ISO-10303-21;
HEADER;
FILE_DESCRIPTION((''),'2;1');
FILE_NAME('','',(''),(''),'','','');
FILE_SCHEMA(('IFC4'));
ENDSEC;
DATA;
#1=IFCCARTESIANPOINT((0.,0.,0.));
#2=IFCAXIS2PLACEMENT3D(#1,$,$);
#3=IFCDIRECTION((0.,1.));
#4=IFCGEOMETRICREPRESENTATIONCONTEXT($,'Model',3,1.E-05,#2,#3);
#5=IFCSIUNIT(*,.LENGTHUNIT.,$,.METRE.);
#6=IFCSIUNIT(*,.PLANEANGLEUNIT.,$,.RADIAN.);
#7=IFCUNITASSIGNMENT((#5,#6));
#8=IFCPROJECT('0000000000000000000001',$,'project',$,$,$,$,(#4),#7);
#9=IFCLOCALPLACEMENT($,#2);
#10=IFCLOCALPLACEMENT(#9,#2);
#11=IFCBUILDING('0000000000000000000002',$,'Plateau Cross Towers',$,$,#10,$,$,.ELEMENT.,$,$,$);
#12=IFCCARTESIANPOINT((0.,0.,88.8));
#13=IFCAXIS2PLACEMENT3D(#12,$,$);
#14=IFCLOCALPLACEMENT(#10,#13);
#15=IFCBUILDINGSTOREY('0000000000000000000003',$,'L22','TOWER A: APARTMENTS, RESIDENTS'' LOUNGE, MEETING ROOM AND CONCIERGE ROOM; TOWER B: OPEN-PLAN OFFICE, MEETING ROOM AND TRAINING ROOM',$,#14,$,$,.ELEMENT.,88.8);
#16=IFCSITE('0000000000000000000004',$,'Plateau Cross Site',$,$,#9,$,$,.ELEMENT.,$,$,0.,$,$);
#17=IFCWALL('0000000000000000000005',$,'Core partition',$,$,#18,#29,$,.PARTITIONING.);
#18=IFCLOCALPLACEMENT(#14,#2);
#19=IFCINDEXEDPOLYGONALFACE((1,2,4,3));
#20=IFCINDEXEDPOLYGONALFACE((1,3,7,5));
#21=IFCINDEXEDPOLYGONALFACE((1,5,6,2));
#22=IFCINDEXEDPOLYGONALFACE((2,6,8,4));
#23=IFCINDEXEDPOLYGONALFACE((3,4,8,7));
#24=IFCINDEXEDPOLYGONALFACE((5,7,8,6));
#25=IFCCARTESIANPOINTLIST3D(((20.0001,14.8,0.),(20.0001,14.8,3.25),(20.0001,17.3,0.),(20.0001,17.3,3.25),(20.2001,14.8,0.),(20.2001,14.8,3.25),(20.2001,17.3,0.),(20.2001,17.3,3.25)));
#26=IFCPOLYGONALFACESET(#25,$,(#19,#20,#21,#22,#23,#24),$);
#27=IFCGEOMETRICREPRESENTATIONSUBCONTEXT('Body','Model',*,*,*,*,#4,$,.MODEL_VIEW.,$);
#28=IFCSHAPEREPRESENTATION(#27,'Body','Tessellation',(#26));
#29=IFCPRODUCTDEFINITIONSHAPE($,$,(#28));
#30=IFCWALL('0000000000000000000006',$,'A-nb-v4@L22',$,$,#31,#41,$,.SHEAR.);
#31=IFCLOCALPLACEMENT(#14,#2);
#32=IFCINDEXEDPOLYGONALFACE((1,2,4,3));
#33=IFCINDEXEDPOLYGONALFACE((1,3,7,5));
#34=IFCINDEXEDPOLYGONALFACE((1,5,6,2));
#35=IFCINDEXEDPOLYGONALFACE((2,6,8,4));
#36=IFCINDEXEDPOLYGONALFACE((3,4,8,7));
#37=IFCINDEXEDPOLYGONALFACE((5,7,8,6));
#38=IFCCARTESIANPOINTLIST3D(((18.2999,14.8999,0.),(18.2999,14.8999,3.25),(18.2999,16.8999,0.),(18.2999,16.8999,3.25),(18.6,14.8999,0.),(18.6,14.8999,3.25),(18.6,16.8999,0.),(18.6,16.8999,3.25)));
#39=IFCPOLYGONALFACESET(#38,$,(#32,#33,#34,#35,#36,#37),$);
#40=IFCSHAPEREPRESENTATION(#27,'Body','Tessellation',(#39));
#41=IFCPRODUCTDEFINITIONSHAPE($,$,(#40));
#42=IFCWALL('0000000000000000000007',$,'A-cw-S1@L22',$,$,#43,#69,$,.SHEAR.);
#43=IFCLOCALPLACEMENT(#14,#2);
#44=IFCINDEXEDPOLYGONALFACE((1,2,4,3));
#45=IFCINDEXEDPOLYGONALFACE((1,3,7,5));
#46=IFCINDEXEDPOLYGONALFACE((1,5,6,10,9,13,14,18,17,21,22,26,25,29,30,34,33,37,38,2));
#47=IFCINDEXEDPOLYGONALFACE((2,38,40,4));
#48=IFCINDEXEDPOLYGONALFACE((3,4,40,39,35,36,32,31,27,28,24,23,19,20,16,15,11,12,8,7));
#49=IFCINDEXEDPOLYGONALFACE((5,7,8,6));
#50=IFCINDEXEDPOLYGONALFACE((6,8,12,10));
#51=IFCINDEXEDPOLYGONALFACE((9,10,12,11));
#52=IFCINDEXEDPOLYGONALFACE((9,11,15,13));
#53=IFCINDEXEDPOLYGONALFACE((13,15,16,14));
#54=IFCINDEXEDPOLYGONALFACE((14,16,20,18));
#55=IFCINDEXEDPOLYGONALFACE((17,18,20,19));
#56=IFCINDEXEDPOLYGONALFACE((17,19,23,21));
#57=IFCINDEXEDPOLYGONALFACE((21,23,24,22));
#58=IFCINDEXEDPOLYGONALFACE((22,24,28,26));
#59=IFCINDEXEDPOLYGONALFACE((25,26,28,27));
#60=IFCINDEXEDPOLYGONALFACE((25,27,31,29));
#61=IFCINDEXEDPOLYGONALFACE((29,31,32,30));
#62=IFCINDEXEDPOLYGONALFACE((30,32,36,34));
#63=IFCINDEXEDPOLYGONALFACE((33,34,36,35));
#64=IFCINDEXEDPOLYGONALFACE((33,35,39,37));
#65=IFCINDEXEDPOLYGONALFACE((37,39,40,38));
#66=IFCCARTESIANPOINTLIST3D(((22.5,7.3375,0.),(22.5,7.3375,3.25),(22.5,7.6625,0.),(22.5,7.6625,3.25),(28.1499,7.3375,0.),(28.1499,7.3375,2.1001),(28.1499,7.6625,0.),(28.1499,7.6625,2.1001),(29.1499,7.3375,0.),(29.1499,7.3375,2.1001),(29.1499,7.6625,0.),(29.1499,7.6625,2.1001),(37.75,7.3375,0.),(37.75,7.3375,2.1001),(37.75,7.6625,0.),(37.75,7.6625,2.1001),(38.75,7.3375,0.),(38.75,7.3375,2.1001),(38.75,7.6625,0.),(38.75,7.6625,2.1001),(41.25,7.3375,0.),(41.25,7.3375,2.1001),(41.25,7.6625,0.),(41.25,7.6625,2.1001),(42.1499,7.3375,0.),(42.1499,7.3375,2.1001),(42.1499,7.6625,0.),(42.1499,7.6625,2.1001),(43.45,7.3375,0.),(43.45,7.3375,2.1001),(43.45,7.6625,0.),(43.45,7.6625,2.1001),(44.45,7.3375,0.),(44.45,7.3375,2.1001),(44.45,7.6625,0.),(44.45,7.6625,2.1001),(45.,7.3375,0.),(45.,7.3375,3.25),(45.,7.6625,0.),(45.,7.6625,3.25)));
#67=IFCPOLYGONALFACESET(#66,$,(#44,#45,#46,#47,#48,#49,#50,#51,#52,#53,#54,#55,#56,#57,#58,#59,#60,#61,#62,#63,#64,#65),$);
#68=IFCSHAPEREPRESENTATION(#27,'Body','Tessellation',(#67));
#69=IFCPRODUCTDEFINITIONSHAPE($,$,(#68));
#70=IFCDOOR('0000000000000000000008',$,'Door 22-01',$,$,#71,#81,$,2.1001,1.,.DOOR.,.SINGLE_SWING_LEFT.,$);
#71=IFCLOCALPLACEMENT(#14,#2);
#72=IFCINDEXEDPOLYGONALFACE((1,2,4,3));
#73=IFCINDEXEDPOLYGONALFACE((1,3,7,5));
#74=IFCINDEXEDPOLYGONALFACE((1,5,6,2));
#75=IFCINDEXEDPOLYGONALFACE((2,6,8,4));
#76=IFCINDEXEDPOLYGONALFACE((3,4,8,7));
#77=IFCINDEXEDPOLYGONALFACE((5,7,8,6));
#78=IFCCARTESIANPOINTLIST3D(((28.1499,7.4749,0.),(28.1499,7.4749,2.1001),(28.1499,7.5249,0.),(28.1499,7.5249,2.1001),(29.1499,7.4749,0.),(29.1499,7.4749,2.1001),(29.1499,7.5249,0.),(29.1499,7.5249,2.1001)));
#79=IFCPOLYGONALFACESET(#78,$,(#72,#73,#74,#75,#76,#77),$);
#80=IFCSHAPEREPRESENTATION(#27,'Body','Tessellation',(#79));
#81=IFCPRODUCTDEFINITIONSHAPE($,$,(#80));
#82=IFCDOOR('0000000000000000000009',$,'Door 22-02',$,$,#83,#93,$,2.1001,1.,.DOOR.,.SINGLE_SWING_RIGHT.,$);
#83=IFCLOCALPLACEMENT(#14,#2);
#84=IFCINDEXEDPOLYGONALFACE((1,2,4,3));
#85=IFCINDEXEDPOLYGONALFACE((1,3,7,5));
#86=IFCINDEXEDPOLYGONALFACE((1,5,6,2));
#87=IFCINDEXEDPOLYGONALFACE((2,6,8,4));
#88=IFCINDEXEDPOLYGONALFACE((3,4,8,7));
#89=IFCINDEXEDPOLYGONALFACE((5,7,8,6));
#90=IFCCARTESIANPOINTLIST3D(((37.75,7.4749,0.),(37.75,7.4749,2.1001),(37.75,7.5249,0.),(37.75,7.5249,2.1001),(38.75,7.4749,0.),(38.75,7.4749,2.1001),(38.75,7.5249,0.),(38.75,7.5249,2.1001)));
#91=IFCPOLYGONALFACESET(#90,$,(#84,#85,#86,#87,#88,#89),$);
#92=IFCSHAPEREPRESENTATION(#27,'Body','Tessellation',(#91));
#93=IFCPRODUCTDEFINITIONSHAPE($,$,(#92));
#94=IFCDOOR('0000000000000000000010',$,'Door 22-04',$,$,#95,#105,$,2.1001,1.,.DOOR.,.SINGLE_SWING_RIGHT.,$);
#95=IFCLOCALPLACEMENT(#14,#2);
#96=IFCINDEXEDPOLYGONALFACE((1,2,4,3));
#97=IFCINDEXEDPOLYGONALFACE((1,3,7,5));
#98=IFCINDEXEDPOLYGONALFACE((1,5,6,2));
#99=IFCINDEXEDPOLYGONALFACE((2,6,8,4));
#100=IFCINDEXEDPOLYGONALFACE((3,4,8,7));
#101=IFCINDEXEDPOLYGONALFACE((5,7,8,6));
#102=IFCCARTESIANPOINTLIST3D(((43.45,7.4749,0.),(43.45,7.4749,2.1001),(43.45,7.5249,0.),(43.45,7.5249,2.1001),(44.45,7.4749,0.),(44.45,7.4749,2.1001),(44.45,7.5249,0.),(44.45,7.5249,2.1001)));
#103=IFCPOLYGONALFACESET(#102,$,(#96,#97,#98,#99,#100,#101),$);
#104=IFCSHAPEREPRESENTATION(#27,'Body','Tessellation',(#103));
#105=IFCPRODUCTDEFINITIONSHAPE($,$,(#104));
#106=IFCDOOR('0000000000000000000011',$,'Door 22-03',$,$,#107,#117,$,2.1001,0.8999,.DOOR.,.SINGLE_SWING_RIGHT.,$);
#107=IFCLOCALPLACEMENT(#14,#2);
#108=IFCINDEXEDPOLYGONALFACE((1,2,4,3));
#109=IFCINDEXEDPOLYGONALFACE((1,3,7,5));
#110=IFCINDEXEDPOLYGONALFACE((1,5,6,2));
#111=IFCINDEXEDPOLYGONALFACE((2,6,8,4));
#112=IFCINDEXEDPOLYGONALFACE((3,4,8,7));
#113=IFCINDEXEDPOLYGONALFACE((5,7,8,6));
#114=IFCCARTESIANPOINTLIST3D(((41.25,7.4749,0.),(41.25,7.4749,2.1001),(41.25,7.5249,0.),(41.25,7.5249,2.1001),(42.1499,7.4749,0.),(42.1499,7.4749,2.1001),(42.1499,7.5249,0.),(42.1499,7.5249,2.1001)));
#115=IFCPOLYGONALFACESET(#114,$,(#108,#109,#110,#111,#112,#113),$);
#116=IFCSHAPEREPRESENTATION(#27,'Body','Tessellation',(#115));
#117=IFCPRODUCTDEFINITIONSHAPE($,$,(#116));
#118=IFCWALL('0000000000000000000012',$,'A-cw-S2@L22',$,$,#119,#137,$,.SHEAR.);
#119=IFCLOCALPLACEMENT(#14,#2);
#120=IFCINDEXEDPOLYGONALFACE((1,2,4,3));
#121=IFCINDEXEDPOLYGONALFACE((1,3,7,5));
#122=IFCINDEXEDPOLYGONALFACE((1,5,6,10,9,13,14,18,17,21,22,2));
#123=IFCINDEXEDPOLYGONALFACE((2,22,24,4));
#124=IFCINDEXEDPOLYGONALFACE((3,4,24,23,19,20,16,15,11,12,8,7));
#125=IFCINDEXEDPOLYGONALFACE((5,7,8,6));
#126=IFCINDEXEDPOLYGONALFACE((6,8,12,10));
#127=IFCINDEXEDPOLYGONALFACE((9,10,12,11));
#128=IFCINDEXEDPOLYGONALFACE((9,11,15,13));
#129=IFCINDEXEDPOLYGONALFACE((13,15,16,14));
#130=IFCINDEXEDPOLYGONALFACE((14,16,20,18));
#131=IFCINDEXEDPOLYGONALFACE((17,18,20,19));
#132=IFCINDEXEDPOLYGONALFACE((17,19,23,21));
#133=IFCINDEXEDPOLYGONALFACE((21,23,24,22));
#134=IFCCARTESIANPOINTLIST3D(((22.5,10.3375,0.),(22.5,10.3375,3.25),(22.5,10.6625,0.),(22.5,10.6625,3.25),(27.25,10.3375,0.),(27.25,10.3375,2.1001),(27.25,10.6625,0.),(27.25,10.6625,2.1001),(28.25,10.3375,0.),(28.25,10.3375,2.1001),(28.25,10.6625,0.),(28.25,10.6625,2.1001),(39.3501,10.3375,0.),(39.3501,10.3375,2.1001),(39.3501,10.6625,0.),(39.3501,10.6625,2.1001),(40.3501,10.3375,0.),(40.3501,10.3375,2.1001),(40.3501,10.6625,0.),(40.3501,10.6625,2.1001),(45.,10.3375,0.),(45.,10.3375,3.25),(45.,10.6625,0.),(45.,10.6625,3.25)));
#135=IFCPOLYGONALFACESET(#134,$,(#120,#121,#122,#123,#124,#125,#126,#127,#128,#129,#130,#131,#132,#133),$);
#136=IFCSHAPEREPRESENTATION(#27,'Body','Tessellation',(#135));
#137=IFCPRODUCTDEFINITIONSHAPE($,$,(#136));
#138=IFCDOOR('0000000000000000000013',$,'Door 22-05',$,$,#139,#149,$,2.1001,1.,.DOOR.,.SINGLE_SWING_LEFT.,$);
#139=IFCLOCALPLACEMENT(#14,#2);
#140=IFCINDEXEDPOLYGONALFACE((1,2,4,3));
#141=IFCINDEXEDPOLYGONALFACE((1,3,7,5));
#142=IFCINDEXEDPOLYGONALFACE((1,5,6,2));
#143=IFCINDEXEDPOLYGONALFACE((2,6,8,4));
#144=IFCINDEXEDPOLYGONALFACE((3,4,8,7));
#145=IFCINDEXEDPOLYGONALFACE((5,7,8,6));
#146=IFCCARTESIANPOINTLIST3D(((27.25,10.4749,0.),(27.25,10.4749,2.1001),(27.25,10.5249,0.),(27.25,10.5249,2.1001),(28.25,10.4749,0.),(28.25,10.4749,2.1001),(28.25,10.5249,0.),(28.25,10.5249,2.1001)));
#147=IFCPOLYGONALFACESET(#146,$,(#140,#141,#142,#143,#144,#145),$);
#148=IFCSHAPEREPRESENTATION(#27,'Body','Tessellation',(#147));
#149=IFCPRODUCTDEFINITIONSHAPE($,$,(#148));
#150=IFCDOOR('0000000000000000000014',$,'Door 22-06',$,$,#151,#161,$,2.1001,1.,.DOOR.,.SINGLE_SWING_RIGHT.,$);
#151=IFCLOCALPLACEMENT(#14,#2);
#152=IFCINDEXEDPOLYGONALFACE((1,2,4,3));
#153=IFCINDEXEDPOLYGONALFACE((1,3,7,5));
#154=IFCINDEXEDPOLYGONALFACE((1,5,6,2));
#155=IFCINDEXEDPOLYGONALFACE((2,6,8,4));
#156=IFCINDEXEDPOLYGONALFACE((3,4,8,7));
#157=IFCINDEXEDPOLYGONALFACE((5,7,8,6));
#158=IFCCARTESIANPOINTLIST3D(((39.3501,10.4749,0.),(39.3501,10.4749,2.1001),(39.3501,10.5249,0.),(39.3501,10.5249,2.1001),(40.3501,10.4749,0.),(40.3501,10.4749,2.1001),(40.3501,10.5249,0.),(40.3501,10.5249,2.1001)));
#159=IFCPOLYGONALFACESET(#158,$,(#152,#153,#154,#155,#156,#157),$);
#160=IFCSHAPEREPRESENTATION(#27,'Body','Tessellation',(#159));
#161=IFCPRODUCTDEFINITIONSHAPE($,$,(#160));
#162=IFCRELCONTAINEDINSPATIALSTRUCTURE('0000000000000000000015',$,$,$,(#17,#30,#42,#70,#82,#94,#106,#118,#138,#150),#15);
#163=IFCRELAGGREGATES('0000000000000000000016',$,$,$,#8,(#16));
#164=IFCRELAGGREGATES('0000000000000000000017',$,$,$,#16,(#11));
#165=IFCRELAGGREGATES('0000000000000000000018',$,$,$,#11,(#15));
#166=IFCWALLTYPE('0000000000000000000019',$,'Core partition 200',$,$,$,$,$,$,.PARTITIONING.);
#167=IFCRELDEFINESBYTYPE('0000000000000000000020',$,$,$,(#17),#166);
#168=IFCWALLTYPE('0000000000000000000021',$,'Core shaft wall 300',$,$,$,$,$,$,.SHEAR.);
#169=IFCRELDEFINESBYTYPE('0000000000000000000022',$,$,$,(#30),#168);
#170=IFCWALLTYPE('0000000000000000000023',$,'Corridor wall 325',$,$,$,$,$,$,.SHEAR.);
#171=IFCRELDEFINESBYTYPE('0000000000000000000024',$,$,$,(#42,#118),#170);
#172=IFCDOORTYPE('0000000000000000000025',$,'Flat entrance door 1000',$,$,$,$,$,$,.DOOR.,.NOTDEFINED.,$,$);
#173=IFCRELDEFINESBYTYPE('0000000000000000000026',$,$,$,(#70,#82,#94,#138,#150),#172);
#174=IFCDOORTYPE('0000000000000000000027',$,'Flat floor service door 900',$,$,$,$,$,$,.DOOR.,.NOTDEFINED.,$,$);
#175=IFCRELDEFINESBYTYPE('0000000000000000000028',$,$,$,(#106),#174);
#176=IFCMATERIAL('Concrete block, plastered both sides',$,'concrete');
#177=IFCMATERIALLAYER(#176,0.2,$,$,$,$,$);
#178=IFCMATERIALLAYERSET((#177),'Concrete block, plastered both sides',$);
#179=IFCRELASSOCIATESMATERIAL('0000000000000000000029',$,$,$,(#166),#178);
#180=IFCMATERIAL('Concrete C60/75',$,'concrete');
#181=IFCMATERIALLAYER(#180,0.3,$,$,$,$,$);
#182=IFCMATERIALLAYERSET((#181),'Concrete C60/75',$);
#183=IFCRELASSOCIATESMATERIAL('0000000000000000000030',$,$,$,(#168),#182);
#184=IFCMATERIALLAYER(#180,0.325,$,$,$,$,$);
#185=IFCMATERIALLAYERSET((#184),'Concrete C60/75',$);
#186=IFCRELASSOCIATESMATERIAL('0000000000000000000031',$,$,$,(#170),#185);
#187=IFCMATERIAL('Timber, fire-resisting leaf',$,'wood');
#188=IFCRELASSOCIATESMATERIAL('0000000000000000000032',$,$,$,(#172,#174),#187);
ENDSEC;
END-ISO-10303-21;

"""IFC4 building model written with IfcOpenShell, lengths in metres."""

from ifc_helpers import new_model, si_unit, direction, frame, frame_2d, origin, place, context, subcontext, project, spatial, rectangle, extrude, material, layer, layer_set, type_object, element, fill, save


model = new_model("IFC4")

# Units and contexts
model_context = context("Model", 3, precision=1e-05, world=origin(), true_north=direction((0.0, 1.0)))
body_context = subcontext(model_context, "Body", "Model", "MODEL_VIEW")
ifc_project = project(units=[si_unit("LENGTHUNIT", "METRE"), si_unit("PLANEANGLEUNIT", "RADIAN")], contexts=[model_context])

# Site, building, storey
site_placement = place(None, origin())
site = spatial("IfcSite", under=ifc_project, at=site_placement, Name="Plateau Cross Site", CompositionType="ELEMENT", RefElevation=0.0)
building_placement = place(site_placement, origin())
building = spatial("IfcBuilding", under=site, at=building_placement, Name="Plateau Cross Towers", CompositionType="ELEMENT")
storey_placement = place(building_placement, frame((0.0, 0.0, 88.8)))
storey = spatial("IfcBuildingStorey", under=building, at=storey_placement, Name="L22", Description="TOWER A: APARTMENTS, RESIDENTS' LOUNGE, MEETING ROOM AND CONCIERGE ROOM; TOWER B: OPEN-PLAN OFFICE, MEETING ROOM AND TRAINING ROOM", CompositionType="ELEMENT", Elevation=88.8)

# Shared definitions
ifc_material_1 = material(Name="Concrete block, plastered both sides", Category="concrete")
ifc_layer_1 = layer(ifc_material_1, 0.2)
ifc_layer_set_1 = layer_set([ifc_layer_1], Name="Concrete block, plastered both sides")
wall_type_1 = type_object("IfcWallType", Name="Core partition 200", PredefinedType="PARTITIONING", material=ifc_layer_set_1)

# Walls
wall_1_placement = place(storey_placement, frame((20.1001, 14.8, 0.0), z_axis=(0.0, 0.0, 1.0), x_axis=(0.0, 1.0, 0.0)))
element("IfcWall", 1, at=wall_1_placement, inside=storey, type_object=wall_type_1, Name="Core partition", PredefinedType="PARTITIONING", context=body_context, shape_type="SweptSolid", body=[
    extrude(rectangle(XDim=2.5, YDim=0.2, at=frame_2d((1.25, 0.0))), origin(), (0.0, 0.0, 1.0), 3.25),
])
ifc_material_2 = material(Name="Concrete C60/75", Category="concrete")
ifc_layer_2 = layer(ifc_material_2, 0.3)
ifc_layer_set_2 = layer_set([ifc_layer_2], Name="Concrete C60/75")
wall_type_2 = type_object("IfcWallType", Name="Core shaft wall 300", PredefinedType="SHEAR", material=ifc_layer_set_2)
wall_2_placement = place(storey_placement, frame((18.45, 14.8999, 0.0), z_axis=(0.0, 0.0, 1.0), x_axis=(0.0, 1.0, 0.0)))
element("IfcWall", 2, at=wall_2_placement, inside=storey, type_object=wall_type_2, Name="A-nb-v4@L22", PredefinedType="SHEAR", context=body_context, shape_type="SweptSolid", body=[
    extrude(rectangle(XDim=2.0, YDim=0.3, at=frame_2d((1.0, 0.0))), origin(), (0.0, 0.0, 1.0), 3.25),
])

# Walls, openings, doors
ifc_layer_3 = layer(ifc_material_2, 0.325)
ifc_layer_set_3 = layer_set([ifc_layer_3], Name="Concrete C60/75")
wall_type_3 = type_object("IfcWallType", Name="Corridor wall 325", PredefinedType="SHEAR", material=ifc_layer_set_3)
wall_3_placement = place(storey_placement, frame((22.5, 7.5, 0.0), z_axis=(0.0, 0.0, 1.0), x_axis=(1.0, 0.0, 0.0)))
wall_3 = element("IfcWall", 3, at=wall_3_placement, inside=storey, type_object=wall_type_3, Name="A-cw-S1@L22", PredefinedType="SHEAR", context=body_context, shape_type="SweptSolid", body=[
    extrude(rectangle(XDim=22.5, YDim=0.325, at=frame_2d((11.25, 0.0))), origin(), (0.0, 0.0, 1.0), 3.25),
])
opening_1_placement = place(wall_3_placement, frame((5.6499, 0.0, 0.0)))
opening_1 = element("IfcOpeningElement", 4, at=opening_1_placement, cuts=wall_3, PredefinedType="OPENING", context=body_context, shape_type="SweptSolid", body=[
    extrude(rectangle(XDim=1.0, YDim=2.1001, at=frame_2d((0.5, 1.05))), frame((0.0, 0.1724, 0.0), z_axis=(0.0, -1.0, 0.0), x_axis=(1.0, 0.0, 0.0)), (0.0, 0.0, 1.0), 0.345),
])
opening_2_placement = place(wall_3_placement, frame((15.25, 0.0, 0.0)))
opening_2 = element("IfcOpeningElement", 5, at=opening_2_placement, cuts=wall_3, PredefinedType="OPENING", context=body_context, shape_type="SweptSolid", body=[
    extrude(rectangle(XDim=1.0, YDim=2.1001, at=frame_2d((0.5, 1.05))), frame((0.0, 0.1724, 0.0), z_axis=(0.0, -1.0, 0.0), x_axis=(1.0, 0.0, 0.0)), (0.0, 0.0, 1.0), 0.345),
])
opening_3_placement = place(wall_3_placement, frame((18.75, 0.0, 0.0)))
opening_3 = element("IfcOpeningElement", 6, at=opening_3_placement, cuts=wall_3, PredefinedType="OPENING", context=body_context, shape_type="SweptSolid", body=[
    extrude(rectangle(XDim=0.8999, YDim=2.1001, at=frame_2d((0.45, 1.05))), frame((0.0, 0.1724, 0.0), z_axis=(0.0, -1.0, 0.0), x_axis=(1.0, 0.0, 0.0)), (0.0, 0.0, 1.0), 0.345),
])
opening_4_placement = place(wall_3_placement, frame((20.95, 0.0, 0.0)))
opening_4 = element("IfcOpeningElement", 7, at=opening_4_placement, cuts=wall_3, PredefinedType="OPENING", context=body_context, shape_type="SweptSolid", body=[
    extrude(rectangle(XDim=1.0, YDim=2.1001, at=frame_2d((0.5, 1.05))), frame((0.0, 0.1724, 0.0), z_axis=(0.0, -1.0, 0.0), x_axis=(1.0, 0.0, 0.0)), (0.0, 0.0, 1.0), 0.345),
])
ifc_material_3 = material(Name="Timber, fire-resisting leaf", Category="wood")
door_type_1 = type_object("IfcDoorType", Name="Flat entrance door 1000", OperationType="NOTDEFINED", PredefinedType="DOOR", material=ifc_material_3)
door_1_placement = place(opening_1_placement, origin())
door_1 = element("IfcDoor", 8, at=door_1_placement, inside=storey, type_object=door_type_1, Name="Door 22-01", OperationType="SINGLE_SWING_LEFT", OverallHeight=2.1001, OverallWidth=1.0, PredefinedType="DOOR", context=body_context, shape_type="SweptSolid", body=[
    extrude(rectangle(XDim=1.0, YDim=2.1001, at=frame_2d((0.5, 1.05))), frame((0.0, 0.0249, 0.0), z_axis=(0.0, -1.0, 0.0), x_axis=(1.0, 0.0, 0.0)), (0.0, 0.0, 1.0), 0.05),
])
fill(opening_1, door_1)
door_2_placement = place(opening_2_placement, origin())
door_2 = element("IfcDoor", 9, at=door_2_placement, inside=storey, type_object=door_type_1, Name="Door 22-02", OperationType="SINGLE_SWING_RIGHT", OverallHeight=2.1001, OverallWidth=1.0, PredefinedType="DOOR", context=body_context, shape_type="SweptSolid", body=[
    extrude(rectangle(XDim=1.0, YDim=2.1001, at=frame_2d((0.5, 1.05))), frame((0.0, 0.0249, 0.0), z_axis=(0.0, -1.0, 0.0), x_axis=(1.0, 0.0, 0.0)), (0.0, 0.0, 1.0), 0.05),
])
fill(opening_2, door_2)
door_3_placement = place(opening_4_placement, origin())
door_3 = element("IfcDoor", 10, at=door_3_placement, inside=storey, type_object=door_type_1, Name="Door 22-04", OperationType="SINGLE_SWING_RIGHT", OverallHeight=2.1001, OverallWidth=1.0, PredefinedType="DOOR", context=body_context, shape_type="SweptSolid", body=[
    extrude(rectangle(XDim=1.0, YDim=2.1001, at=frame_2d((0.5, 1.05))), frame((0.0, 0.0249, 0.0), z_axis=(0.0, -1.0, 0.0), x_axis=(1.0, 0.0, 0.0)), (0.0, 0.0, 1.0), 0.05),
])
fill(opening_4, door_3)
door_type_2 = type_object("IfcDoorType", Name="Flat floor service door 900", OperationType="NOTDEFINED", PredefinedType="DOOR", material=ifc_material_3)
door_4_placement = place(opening_3_placement, origin())
door_4 = element("IfcDoor", 11, at=door_4_placement, inside=storey, type_object=door_type_2, Name="Door 22-03", OperationType="SINGLE_SWING_RIGHT", OverallHeight=2.1001, OverallWidth=0.8999, PredefinedType="DOOR", context=body_context, shape_type="SweptSolid", body=[
    extrude(rectangle(XDim=0.8999, YDim=2.1001, at=frame_2d((0.45, 1.05))), frame((0.0, 0.0249, 0.0), z_axis=(0.0, -1.0, 0.0), x_axis=(1.0, 0.0, 0.0)), (0.0, 0.0, 1.0), 0.05),
])
fill(opening_3, door_4)
wall_4_placement = place(storey_placement, frame((22.5, 10.5, 0.0), z_axis=(0.0, 0.0, 1.0), x_axis=(1.0, 0.0, 0.0)))
wall_4 = element("IfcWall", 12, at=wall_4_placement, inside=storey, type_object=wall_type_3, Name="A-cw-S2@L22", PredefinedType="SHEAR", context=body_context, shape_type="SweptSolid", body=[
    extrude(rectangle(XDim=22.5, YDim=0.325, at=frame_2d((11.25, 0.0))), origin(), (0.0, 0.0, 1.0), 3.25),
])
opening_5_placement = place(wall_4_placement, frame((4.75, 0.0, 0.0)))
opening_5 = element("IfcOpeningElement", 13, at=opening_5_placement, cuts=wall_4, PredefinedType="OPENING", context=body_context, shape_type="SweptSolid", body=[
    extrude(rectangle(XDim=1.0, YDim=2.1001, at=frame_2d((0.5, 1.05))), frame((0.0, 0.1724, 0.0), z_axis=(0.0, -1.0, 0.0), x_axis=(1.0, 0.0, 0.0)), (0.0, 0.0, 1.0), 0.345),
])
opening_6_placement = place(wall_4_placement, frame((16.8501, 0.0, 0.0)))
opening_6 = element("IfcOpeningElement", 14, at=opening_6_placement, cuts=wall_4, PredefinedType="OPENING", context=body_context, shape_type="SweptSolid", body=[
    extrude(rectangle(XDim=1.0, YDim=2.1001, at=frame_2d((0.5, 1.05))), frame((0.0, 0.1724, 0.0), z_axis=(0.0, -1.0, 0.0), x_axis=(1.0, 0.0, 0.0)), (0.0, 0.0, 1.0), 0.345),
])
door_5_placement = place(opening_5_placement, origin())
door_5 = element("IfcDoor", 15, at=door_5_placement, inside=storey, type_object=door_type_1, Name="Door 22-05", OperationType="SINGLE_SWING_LEFT", OverallHeight=2.1001, OverallWidth=1.0, PredefinedType="DOOR", context=body_context, shape_type="SweptSolid", body=[
    extrude(rectangle(XDim=1.0, YDim=2.1001, at=frame_2d((0.5, 1.05))), frame((0.0, 0.0249, 0.0), z_axis=(0.0, -1.0, 0.0), x_axis=(1.0, 0.0, 0.0)), (0.0, 0.0, 1.0), 0.05),
])
fill(opening_5, door_5)
door_6_placement = place(opening_6_placement, origin())
door_6 = element("IfcDoor", 16, at=door_6_placement, inside=storey, type_object=door_type_1, Name="Door 22-06", OperationType="SINGLE_SWING_RIGHT", OverallHeight=2.1001, OverallWidth=1.0, PredefinedType="DOOR", context=body_context, shape_type="SweptSolid", body=[
    extrude(rectangle(XDim=1.0, YDim=2.1001, at=frame_2d((0.5, 1.05))), frame((0.0, 0.0249, 0.0), z_axis=(0.0, -1.0, 0.0), x_axis=(1.0, 0.0, 0.0)), (0.0, 0.0, 1.0), 0.05),
])
fill(opening_6, door_6)

save(model, "model.ifc")
